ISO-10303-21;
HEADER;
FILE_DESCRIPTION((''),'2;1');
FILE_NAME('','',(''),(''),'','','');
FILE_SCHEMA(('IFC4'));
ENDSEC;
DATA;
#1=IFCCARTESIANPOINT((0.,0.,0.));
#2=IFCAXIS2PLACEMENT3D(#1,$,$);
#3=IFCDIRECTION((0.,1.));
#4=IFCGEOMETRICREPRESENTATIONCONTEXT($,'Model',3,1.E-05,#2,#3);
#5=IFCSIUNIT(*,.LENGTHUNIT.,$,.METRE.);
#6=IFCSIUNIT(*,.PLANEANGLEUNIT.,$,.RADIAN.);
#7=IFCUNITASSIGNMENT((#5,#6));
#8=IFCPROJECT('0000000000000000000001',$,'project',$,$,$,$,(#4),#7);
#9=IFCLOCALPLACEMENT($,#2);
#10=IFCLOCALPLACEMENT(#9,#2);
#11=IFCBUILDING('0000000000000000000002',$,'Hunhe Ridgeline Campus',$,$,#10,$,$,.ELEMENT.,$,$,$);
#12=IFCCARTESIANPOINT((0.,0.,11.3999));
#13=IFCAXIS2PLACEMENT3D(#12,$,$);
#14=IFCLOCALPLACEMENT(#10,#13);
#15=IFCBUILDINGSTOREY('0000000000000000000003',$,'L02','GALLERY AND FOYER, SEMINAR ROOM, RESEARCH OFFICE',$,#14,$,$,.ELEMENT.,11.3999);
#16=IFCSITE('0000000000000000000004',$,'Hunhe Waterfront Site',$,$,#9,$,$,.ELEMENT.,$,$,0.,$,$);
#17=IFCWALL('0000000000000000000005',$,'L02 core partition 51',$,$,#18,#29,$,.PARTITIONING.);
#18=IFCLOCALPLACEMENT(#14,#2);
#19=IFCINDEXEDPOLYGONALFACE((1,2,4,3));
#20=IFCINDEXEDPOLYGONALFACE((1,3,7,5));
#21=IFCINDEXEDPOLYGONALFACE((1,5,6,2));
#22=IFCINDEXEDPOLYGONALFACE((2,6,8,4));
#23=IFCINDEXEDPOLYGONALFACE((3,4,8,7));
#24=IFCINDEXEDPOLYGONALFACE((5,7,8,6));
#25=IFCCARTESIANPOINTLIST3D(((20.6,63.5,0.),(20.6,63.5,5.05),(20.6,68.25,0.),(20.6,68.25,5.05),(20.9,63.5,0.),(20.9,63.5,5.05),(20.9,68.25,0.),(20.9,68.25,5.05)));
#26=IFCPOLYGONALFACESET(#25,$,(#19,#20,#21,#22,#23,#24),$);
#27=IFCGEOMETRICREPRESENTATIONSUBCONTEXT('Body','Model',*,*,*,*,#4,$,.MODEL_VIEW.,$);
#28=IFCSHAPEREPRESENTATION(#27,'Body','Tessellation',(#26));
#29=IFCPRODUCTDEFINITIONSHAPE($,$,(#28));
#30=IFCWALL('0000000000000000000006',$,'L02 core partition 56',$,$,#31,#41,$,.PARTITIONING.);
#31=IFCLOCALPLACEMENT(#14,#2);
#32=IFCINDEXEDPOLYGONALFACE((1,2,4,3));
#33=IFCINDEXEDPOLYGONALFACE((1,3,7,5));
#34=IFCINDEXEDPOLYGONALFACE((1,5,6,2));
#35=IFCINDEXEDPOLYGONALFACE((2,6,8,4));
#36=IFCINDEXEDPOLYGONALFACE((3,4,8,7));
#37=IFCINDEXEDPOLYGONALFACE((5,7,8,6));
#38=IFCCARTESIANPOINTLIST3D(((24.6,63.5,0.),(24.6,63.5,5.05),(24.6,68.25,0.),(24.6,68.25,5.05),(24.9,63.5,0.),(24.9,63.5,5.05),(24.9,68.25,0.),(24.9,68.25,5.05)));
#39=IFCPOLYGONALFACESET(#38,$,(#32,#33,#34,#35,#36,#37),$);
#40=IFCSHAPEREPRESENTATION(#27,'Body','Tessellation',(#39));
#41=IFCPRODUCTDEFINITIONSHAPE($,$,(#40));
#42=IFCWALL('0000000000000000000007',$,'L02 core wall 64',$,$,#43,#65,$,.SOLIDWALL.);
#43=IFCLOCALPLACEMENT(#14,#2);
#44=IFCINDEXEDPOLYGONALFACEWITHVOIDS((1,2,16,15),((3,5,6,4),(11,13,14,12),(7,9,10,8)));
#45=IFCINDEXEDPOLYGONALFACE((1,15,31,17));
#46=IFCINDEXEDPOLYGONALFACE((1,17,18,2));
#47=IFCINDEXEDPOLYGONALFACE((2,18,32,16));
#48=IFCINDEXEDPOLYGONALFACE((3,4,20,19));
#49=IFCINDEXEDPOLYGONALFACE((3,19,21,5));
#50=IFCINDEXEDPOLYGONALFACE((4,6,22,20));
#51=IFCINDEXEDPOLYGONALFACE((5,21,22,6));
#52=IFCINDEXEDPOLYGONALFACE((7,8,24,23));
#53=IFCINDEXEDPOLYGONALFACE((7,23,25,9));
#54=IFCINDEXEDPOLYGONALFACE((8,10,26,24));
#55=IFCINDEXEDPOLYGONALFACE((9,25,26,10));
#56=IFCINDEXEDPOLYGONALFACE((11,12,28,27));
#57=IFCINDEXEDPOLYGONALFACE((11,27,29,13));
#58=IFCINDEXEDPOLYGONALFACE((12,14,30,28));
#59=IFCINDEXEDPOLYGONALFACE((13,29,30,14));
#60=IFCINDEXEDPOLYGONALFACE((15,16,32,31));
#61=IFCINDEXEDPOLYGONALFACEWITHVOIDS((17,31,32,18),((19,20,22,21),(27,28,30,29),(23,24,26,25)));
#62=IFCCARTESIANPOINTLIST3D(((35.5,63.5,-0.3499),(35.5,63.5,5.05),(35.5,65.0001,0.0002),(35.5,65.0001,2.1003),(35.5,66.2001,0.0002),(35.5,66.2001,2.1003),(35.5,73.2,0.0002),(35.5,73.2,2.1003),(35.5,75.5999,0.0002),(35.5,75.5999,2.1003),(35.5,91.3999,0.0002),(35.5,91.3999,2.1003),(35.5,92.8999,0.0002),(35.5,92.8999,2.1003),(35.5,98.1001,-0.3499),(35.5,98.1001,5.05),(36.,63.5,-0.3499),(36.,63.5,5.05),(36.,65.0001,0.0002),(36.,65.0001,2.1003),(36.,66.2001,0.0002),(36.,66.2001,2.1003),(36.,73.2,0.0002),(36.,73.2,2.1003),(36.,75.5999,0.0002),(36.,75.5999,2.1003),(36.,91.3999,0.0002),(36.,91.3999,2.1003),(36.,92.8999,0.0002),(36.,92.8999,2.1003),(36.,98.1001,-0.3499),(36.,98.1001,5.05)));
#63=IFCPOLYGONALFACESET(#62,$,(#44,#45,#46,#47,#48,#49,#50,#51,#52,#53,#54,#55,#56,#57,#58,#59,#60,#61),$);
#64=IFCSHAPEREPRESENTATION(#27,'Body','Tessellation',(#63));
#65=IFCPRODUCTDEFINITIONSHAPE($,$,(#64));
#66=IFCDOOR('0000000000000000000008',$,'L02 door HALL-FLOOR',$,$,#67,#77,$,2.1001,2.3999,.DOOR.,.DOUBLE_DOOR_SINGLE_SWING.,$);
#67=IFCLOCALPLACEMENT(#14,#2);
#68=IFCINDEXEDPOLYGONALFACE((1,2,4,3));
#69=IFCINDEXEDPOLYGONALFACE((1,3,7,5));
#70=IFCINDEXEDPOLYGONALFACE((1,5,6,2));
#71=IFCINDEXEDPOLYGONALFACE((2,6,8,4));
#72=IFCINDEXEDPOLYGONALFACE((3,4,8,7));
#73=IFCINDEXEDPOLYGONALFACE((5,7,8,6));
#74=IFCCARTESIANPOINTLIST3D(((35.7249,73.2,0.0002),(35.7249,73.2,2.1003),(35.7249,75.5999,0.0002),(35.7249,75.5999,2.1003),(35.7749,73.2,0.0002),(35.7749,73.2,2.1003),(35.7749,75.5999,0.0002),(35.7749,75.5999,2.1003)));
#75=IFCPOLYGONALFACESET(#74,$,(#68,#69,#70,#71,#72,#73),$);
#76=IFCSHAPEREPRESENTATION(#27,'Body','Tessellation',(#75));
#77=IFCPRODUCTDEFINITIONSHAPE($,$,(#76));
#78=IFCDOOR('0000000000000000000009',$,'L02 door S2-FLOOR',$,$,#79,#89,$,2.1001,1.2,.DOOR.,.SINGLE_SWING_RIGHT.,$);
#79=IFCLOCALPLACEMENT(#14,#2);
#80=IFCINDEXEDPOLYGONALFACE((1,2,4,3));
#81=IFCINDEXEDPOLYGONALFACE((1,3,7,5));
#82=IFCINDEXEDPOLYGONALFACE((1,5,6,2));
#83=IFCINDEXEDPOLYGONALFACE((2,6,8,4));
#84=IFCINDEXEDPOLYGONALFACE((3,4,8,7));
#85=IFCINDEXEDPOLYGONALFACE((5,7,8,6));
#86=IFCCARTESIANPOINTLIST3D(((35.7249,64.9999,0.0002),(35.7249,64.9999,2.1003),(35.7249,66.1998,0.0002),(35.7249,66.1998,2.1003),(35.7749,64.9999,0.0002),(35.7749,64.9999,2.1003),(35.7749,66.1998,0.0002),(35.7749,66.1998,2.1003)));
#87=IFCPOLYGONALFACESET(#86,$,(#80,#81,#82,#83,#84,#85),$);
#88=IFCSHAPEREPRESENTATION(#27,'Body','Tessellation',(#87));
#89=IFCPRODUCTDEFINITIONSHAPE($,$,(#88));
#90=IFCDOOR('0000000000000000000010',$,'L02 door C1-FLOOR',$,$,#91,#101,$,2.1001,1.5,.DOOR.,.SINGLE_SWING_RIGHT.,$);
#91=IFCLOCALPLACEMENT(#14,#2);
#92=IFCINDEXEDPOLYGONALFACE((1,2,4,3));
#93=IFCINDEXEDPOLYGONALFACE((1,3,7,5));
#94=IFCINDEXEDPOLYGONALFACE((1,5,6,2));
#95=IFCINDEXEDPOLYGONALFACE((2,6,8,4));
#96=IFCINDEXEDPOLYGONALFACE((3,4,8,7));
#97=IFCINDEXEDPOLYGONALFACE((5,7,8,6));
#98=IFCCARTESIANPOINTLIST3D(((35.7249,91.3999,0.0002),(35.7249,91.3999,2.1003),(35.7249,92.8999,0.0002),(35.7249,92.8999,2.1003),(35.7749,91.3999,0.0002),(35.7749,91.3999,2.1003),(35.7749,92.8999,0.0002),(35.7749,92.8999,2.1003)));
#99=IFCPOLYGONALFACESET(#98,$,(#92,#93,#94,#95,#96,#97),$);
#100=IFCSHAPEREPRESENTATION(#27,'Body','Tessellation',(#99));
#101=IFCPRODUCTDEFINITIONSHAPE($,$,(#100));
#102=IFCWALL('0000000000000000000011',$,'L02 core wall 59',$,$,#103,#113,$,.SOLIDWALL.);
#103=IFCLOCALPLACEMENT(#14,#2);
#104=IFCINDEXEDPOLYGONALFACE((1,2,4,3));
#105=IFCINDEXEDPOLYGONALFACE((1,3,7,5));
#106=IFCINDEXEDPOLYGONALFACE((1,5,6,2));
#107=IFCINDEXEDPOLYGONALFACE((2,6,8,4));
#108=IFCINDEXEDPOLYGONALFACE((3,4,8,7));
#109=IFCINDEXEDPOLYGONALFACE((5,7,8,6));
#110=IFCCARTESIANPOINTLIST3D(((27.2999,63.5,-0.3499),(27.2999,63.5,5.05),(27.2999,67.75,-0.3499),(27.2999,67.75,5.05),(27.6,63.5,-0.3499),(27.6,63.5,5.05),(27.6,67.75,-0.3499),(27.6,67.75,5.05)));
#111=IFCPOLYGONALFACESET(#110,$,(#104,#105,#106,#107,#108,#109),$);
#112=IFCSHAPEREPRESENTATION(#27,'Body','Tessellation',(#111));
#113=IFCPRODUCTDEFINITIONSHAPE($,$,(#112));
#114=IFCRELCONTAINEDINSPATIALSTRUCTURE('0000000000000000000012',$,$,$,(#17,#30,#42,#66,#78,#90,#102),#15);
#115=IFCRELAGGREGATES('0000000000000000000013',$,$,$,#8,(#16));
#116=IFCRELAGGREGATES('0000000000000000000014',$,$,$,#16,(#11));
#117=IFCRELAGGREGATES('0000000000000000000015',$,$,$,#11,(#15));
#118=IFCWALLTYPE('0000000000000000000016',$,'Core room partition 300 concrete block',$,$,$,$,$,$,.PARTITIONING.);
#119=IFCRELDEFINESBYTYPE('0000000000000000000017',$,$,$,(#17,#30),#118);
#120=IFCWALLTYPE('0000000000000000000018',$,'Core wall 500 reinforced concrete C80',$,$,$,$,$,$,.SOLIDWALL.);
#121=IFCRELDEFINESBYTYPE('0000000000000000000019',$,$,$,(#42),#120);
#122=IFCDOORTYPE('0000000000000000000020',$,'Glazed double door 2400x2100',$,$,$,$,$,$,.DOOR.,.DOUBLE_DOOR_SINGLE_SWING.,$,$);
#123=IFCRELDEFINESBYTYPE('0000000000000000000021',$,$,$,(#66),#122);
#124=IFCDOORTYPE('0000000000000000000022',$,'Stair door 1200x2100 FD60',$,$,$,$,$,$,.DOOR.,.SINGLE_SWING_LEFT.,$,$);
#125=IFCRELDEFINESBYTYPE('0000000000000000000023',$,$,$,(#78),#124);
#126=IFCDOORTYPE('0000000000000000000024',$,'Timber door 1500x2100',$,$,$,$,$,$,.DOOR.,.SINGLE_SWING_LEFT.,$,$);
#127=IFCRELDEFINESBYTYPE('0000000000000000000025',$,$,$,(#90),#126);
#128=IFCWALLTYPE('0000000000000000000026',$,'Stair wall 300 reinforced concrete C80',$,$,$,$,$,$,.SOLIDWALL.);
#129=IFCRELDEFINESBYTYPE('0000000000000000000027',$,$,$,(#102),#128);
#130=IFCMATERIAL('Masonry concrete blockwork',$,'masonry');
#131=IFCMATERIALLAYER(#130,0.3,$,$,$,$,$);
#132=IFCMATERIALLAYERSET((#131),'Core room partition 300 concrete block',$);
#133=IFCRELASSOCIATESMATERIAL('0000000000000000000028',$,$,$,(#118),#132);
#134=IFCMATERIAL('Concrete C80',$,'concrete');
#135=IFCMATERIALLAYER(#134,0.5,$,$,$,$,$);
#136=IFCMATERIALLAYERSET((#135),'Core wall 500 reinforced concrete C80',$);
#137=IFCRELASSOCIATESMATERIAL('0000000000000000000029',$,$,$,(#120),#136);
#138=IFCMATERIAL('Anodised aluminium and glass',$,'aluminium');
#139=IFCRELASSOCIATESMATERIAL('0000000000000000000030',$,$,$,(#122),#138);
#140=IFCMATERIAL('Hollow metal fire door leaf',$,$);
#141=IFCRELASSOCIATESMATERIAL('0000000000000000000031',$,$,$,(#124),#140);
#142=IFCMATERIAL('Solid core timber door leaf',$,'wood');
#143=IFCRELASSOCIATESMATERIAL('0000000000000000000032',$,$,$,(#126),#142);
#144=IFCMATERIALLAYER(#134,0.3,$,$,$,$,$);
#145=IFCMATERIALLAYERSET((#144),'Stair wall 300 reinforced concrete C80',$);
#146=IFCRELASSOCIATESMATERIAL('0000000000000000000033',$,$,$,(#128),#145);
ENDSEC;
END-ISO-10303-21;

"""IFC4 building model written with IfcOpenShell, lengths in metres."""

from ifc_helpers import new_model, si_unit, direction, frame, frame_2d, origin, place, context, subcontext, project, spatial, rectangle, extrude, material, layer, layer_set, type_object, element, fill, save


model = new_model("IFC4")

# Units and contexts
model_context = context("Model", 3, precision=1e-05, world=origin(), true_north=direction((0.0, 1.0)))
body_context = subcontext(model_context, "Body", "Model", "MODEL_VIEW")
ifc_project = project(units=[si_unit("LENGTHUNIT", "METRE"), si_unit("PLANEANGLEUNIT", "RADIAN")], contexts=[model_context])

# Site, building, storey
site_placement = place(None, origin())
site = spatial("IfcSite", under=ifc_project, at=site_placement, Name="Hunhe Waterfront Site", CompositionType="ELEMENT", RefElevation=0.0)
building_placement = place(site_placement, origin())
building = spatial("IfcBuilding", under=site, at=building_placement, Name="Hunhe Ridgeline Campus", CompositionType="ELEMENT")
storey_placement = place(building_placement, frame((0.0, 0.0, 11.3999)))
storey = spatial("IfcBuildingStorey", under=building, at=storey_placement, Name="L02", Description="GALLERY AND FOYER, SEMINAR ROOM, RESEARCH OFFICE", CompositionType="ELEMENT", Elevation=11.3999)

# Shared definitions
ifc_material_1 = material(Name="Concrete C80", Category="concrete")

# Walls
ifc_material_2 = material(Name="Masonry concrete blockwork", Category="masonry")
ifc_layer_1 = layer(ifc_material_2, 0.3)
ifc_layer_set_1 = layer_set([ifc_layer_1], Name="Core room partition 300 concrete block")
wall_type_1 = type_object("IfcWallType", Name="Core room partition 300 concrete block", PredefinedType="PARTITIONING", material=ifc_layer_set_1)
for number, where, z_axis, x_axis, name in (
    (1, (20.75, 63.5, 0.0), (0.0, 0.0, 1.0), (0.0, 1.0, 0.0), "L02 core partition 51"),
    (2, (24.75, 63.5, 0.0), (0.0, 0.0, 1.0), (0.0, 1.0, 0.0), "L02 core partition 56"),
):
    element("IfcWall", number, at=place(storey_placement, frame(where, z_axis=z_axis, x_axis=x_axis)), inside=storey, type_object=wall_type_1, Name=name, PredefinedType="PARTITIONING", context=body_context, shape_type="SweptSolid", body=[
        extrude(rectangle(XDim=4.75, YDim=0.3, at=frame_2d((2.375, 0.0))), origin(), (0.0, 0.0, 1.0), 5.05),
    ])

# Wall, openings, doors
ifc_layer_2 = layer(ifc_material_1, 0.5)
ifc_layer_set_2 = layer_set([ifc_layer_2], Name="Core wall 500 reinforced concrete C80")
wall_type_2 = type_object("IfcWallType", Name="Core wall 500 reinforced concrete C80", PredefinedType="SOLIDWALL", material=ifc_layer_set_2)
wall_1_placement = place(storey_placement, frame((35.75, 63.5, -0.3499), z_axis=(0.0, 0.0, 1.0), x_axis=(0.0, 1.0, 0.0)))
wall_1 = element("IfcWall", 3, at=wall_1_placement, inside=storey, type_object=wall_type_2, Name="L02 core wall 64", PredefinedType="SOLIDWALL", context=body_context, shape_type="SweptSolid", body=[
    extrude(rectangle(XDim=34.6001, YDim=0.5, at=frame_2d((17.3, 0.0))), origin(), (0.0, 0.0, 1.0), 5.3999),
])
opening_1_placement = place(wall_1_placement, frame((9.7, 0.0, 0.3501)))
opening_1 = element("IfcOpeningElement", 4, at=opening_1_placement, cuts=wall_1, PredefinedType="OPENING", context=body_context, shape_type="SweptSolid", body=[
    extrude(rectangle(XDim=2.3999, YDim=2.1001, at=frame_2d((1.2, 1.05))), frame((0.0, 0.25, 0.0), z_axis=(0.0, -1.0, 0.0), x_axis=(1.0, 0.0, 0.0)), (0.0, 0.0, 1.0), 0.5),
])
opening_2_placement = place(wall_1_placement, frame((27.8999, 0.0, 0.3501)))
opening_2 = element("IfcOpeningElement", 5, at=opening_2_placement, cuts=wall_1, PredefinedType="OPENING", context=body_context, shape_type="SweptSolid", body=[
    extrude(rectangle(XDim=1.5, YDim=2.1001, at=frame_2d((0.75, 1.05))), frame((0.0, 0.25, 0.0), z_axis=(0.0, -1.0, 0.0), x_axis=(1.0, 0.0, 0.0)), (0.0, 0.0, 1.0), 0.5),
])
opening_3_placement = place(wall_1_placement, frame((1.5, 0.0, 0.3501)))
opening_3 = element("IfcOpeningElement", 6, at=opening_3_placement, cuts=wall_1, PredefinedType="OPENING", context=body_context, shape_type="SweptSolid", body=[
    extrude(rectangle(XDim=1.2, YDim=2.1001, at=frame_2d((0.6001, 1.05))), frame((0.0, 0.25, 0.0), z_axis=(0.0, -1.0, 0.0), x_axis=(1.0, 0.0, 0.0)), (0.0, 0.0, 1.0), 0.5),
])
ifc_material_3 = material(Name="Anodised aluminium and glass", Category="aluminium")
door_type_1 = type_object("IfcDoorType", Name="Glazed double door 2400x2100", OperationType="DOUBLE_DOOR_SINGLE_SWING", PredefinedType="DOOR", material=ifc_material_3)
door_1_placement = place(opening_1_placement, frame((2.3999, 0.0, 0.0), z_axis=(0.0, 0.0, 1.0), x_axis=(-1.0, 0.0, 0.0)))
door_1 = element("IfcDoor", 7, at=door_1_placement, inside=storey, type_object=door_type_1, Name="L02 door HALL-FLOOR", OperationType="DOUBLE_DOOR_SINGLE_SWING", OverallHeight=2.1001, OverallWidth=2.3999, PredefinedType="DOOR", context=body_context, shape_type="SweptSolid", body=[
    extrude(rectangle(XDim=2.3999, YDim=2.1001, at=frame_2d((1.2, 1.05))), frame((0.0, 0.0249, 0.0), z_axis=(0.0, -1.0, 0.0), x_axis=(1.0, 0.0, 0.0)), (0.0, 0.0, 1.0), 0.05),
])
fill(opening_1, door_1)
ifc_material_4 = material(Name="Hollow metal fire door leaf")
door_type_2 = type_object("IfcDoorType", Name="Stair door 1200x2100 FD60", OperationType="SINGLE_SWING_LEFT", PredefinedType="DOOR", material=ifc_material_4)
door_2_placement = place(opening_3_placement, frame((1.2, 0.0, 0.0), z_axis=(0.0, 0.0, 1.0), x_axis=(-1.0, 0.0, 0.0)))
door_2 = element("IfcDoor", 8, at=door_2_placement, inside=storey, type_object=door_type_2, Name="L02 door S2-FLOOR", OperationType="SINGLE_SWING_RIGHT", OverallHeight=2.1001, OverallWidth=1.2, PredefinedType="DOOR", context=body_context, shape_type="SweptSolid", body=[
    extrude(rectangle(XDim=1.2, YDim=2.1001, at=frame_2d((0.6001, 1.05))), frame((0.0, 0.0249, 0.0), z_axis=(0.0, -1.0, 0.0), x_axis=(1.0, 0.0, 0.0)), (0.0, 0.0, 1.0), 0.05),
])
fill(opening_3, door_2)
ifc_material_5 = material(Name="Solid core timber door leaf", Category="wood")
door_type_3 = type_object("IfcDoorType", Name="Timber door 1500x2100", OperationType="SINGLE_SWING_LEFT", PredefinedType="DOOR", material=ifc_material_5)
door_3_placement = place(opening_2_placement, frame((1.5, 0.0, 0.0), z_axis=(0.0, 0.0, 1.0), x_axis=(-1.0, 0.0, 0.0)))
door_3 = element("IfcDoor", 9, at=door_3_placement, inside=storey, type_object=door_type_3, Name="L02 door C1-FLOOR", OperationType="SINGLE_SWING_RIGHT", OverallHeight=2.1001, OverallWidth=1.5, PredefinedType="DOOR", context=body_context, shape_type="SweptSolid", body=[
    extrude(rectangle(XDim=1.5, YDim=2.1001, at=frame_2d((0.75, 1.05))), frame((0.0, 0.0249, 0.0), z_axis=(0.0, -1.0, 0.0), x_axis=(1.0, 0.0, 0.0)), (0.0, 0.0, 1.0), 0.05),
])
fill(opening_2, door_3)

# Shared definitions
ifc_layer_3 = layer(ifc_material_1, 0.3)
ifc_layer_set_3 = layer_set([ifc_layer_3], Name="Stair wall 300 reinforced concrete C80")
wall_type_3 = type_object("IfcWallType", Name="Stair wall 300 reinforced concrete C80", PredefinedType="SOLIDWALL", material=ifc_layer_set_3)

# Wall
wall_2_placement = place(storey_placement, frame((27.45, 63.5, -0.3499), z_axis=(0.0, 0.0, 1.0), x_axis=(0.0, 1.0, 0.0)))
element("IfcWall", 10, at=wall_2_placement, inside=storey, type_object=wall_type_3, Name="L02 core wall 59", PredefinedType="SOLIDWALL", context=body_context, shape_type="SweptSolid", body=[
    extrude(rectangle(XDim=4.25, YDim=0.3, at=frame_2d((2.125, 0.0))), origin(), (0.0, 0.0, 1.0), 5.3999),
])

save(model, "model.ifc")
